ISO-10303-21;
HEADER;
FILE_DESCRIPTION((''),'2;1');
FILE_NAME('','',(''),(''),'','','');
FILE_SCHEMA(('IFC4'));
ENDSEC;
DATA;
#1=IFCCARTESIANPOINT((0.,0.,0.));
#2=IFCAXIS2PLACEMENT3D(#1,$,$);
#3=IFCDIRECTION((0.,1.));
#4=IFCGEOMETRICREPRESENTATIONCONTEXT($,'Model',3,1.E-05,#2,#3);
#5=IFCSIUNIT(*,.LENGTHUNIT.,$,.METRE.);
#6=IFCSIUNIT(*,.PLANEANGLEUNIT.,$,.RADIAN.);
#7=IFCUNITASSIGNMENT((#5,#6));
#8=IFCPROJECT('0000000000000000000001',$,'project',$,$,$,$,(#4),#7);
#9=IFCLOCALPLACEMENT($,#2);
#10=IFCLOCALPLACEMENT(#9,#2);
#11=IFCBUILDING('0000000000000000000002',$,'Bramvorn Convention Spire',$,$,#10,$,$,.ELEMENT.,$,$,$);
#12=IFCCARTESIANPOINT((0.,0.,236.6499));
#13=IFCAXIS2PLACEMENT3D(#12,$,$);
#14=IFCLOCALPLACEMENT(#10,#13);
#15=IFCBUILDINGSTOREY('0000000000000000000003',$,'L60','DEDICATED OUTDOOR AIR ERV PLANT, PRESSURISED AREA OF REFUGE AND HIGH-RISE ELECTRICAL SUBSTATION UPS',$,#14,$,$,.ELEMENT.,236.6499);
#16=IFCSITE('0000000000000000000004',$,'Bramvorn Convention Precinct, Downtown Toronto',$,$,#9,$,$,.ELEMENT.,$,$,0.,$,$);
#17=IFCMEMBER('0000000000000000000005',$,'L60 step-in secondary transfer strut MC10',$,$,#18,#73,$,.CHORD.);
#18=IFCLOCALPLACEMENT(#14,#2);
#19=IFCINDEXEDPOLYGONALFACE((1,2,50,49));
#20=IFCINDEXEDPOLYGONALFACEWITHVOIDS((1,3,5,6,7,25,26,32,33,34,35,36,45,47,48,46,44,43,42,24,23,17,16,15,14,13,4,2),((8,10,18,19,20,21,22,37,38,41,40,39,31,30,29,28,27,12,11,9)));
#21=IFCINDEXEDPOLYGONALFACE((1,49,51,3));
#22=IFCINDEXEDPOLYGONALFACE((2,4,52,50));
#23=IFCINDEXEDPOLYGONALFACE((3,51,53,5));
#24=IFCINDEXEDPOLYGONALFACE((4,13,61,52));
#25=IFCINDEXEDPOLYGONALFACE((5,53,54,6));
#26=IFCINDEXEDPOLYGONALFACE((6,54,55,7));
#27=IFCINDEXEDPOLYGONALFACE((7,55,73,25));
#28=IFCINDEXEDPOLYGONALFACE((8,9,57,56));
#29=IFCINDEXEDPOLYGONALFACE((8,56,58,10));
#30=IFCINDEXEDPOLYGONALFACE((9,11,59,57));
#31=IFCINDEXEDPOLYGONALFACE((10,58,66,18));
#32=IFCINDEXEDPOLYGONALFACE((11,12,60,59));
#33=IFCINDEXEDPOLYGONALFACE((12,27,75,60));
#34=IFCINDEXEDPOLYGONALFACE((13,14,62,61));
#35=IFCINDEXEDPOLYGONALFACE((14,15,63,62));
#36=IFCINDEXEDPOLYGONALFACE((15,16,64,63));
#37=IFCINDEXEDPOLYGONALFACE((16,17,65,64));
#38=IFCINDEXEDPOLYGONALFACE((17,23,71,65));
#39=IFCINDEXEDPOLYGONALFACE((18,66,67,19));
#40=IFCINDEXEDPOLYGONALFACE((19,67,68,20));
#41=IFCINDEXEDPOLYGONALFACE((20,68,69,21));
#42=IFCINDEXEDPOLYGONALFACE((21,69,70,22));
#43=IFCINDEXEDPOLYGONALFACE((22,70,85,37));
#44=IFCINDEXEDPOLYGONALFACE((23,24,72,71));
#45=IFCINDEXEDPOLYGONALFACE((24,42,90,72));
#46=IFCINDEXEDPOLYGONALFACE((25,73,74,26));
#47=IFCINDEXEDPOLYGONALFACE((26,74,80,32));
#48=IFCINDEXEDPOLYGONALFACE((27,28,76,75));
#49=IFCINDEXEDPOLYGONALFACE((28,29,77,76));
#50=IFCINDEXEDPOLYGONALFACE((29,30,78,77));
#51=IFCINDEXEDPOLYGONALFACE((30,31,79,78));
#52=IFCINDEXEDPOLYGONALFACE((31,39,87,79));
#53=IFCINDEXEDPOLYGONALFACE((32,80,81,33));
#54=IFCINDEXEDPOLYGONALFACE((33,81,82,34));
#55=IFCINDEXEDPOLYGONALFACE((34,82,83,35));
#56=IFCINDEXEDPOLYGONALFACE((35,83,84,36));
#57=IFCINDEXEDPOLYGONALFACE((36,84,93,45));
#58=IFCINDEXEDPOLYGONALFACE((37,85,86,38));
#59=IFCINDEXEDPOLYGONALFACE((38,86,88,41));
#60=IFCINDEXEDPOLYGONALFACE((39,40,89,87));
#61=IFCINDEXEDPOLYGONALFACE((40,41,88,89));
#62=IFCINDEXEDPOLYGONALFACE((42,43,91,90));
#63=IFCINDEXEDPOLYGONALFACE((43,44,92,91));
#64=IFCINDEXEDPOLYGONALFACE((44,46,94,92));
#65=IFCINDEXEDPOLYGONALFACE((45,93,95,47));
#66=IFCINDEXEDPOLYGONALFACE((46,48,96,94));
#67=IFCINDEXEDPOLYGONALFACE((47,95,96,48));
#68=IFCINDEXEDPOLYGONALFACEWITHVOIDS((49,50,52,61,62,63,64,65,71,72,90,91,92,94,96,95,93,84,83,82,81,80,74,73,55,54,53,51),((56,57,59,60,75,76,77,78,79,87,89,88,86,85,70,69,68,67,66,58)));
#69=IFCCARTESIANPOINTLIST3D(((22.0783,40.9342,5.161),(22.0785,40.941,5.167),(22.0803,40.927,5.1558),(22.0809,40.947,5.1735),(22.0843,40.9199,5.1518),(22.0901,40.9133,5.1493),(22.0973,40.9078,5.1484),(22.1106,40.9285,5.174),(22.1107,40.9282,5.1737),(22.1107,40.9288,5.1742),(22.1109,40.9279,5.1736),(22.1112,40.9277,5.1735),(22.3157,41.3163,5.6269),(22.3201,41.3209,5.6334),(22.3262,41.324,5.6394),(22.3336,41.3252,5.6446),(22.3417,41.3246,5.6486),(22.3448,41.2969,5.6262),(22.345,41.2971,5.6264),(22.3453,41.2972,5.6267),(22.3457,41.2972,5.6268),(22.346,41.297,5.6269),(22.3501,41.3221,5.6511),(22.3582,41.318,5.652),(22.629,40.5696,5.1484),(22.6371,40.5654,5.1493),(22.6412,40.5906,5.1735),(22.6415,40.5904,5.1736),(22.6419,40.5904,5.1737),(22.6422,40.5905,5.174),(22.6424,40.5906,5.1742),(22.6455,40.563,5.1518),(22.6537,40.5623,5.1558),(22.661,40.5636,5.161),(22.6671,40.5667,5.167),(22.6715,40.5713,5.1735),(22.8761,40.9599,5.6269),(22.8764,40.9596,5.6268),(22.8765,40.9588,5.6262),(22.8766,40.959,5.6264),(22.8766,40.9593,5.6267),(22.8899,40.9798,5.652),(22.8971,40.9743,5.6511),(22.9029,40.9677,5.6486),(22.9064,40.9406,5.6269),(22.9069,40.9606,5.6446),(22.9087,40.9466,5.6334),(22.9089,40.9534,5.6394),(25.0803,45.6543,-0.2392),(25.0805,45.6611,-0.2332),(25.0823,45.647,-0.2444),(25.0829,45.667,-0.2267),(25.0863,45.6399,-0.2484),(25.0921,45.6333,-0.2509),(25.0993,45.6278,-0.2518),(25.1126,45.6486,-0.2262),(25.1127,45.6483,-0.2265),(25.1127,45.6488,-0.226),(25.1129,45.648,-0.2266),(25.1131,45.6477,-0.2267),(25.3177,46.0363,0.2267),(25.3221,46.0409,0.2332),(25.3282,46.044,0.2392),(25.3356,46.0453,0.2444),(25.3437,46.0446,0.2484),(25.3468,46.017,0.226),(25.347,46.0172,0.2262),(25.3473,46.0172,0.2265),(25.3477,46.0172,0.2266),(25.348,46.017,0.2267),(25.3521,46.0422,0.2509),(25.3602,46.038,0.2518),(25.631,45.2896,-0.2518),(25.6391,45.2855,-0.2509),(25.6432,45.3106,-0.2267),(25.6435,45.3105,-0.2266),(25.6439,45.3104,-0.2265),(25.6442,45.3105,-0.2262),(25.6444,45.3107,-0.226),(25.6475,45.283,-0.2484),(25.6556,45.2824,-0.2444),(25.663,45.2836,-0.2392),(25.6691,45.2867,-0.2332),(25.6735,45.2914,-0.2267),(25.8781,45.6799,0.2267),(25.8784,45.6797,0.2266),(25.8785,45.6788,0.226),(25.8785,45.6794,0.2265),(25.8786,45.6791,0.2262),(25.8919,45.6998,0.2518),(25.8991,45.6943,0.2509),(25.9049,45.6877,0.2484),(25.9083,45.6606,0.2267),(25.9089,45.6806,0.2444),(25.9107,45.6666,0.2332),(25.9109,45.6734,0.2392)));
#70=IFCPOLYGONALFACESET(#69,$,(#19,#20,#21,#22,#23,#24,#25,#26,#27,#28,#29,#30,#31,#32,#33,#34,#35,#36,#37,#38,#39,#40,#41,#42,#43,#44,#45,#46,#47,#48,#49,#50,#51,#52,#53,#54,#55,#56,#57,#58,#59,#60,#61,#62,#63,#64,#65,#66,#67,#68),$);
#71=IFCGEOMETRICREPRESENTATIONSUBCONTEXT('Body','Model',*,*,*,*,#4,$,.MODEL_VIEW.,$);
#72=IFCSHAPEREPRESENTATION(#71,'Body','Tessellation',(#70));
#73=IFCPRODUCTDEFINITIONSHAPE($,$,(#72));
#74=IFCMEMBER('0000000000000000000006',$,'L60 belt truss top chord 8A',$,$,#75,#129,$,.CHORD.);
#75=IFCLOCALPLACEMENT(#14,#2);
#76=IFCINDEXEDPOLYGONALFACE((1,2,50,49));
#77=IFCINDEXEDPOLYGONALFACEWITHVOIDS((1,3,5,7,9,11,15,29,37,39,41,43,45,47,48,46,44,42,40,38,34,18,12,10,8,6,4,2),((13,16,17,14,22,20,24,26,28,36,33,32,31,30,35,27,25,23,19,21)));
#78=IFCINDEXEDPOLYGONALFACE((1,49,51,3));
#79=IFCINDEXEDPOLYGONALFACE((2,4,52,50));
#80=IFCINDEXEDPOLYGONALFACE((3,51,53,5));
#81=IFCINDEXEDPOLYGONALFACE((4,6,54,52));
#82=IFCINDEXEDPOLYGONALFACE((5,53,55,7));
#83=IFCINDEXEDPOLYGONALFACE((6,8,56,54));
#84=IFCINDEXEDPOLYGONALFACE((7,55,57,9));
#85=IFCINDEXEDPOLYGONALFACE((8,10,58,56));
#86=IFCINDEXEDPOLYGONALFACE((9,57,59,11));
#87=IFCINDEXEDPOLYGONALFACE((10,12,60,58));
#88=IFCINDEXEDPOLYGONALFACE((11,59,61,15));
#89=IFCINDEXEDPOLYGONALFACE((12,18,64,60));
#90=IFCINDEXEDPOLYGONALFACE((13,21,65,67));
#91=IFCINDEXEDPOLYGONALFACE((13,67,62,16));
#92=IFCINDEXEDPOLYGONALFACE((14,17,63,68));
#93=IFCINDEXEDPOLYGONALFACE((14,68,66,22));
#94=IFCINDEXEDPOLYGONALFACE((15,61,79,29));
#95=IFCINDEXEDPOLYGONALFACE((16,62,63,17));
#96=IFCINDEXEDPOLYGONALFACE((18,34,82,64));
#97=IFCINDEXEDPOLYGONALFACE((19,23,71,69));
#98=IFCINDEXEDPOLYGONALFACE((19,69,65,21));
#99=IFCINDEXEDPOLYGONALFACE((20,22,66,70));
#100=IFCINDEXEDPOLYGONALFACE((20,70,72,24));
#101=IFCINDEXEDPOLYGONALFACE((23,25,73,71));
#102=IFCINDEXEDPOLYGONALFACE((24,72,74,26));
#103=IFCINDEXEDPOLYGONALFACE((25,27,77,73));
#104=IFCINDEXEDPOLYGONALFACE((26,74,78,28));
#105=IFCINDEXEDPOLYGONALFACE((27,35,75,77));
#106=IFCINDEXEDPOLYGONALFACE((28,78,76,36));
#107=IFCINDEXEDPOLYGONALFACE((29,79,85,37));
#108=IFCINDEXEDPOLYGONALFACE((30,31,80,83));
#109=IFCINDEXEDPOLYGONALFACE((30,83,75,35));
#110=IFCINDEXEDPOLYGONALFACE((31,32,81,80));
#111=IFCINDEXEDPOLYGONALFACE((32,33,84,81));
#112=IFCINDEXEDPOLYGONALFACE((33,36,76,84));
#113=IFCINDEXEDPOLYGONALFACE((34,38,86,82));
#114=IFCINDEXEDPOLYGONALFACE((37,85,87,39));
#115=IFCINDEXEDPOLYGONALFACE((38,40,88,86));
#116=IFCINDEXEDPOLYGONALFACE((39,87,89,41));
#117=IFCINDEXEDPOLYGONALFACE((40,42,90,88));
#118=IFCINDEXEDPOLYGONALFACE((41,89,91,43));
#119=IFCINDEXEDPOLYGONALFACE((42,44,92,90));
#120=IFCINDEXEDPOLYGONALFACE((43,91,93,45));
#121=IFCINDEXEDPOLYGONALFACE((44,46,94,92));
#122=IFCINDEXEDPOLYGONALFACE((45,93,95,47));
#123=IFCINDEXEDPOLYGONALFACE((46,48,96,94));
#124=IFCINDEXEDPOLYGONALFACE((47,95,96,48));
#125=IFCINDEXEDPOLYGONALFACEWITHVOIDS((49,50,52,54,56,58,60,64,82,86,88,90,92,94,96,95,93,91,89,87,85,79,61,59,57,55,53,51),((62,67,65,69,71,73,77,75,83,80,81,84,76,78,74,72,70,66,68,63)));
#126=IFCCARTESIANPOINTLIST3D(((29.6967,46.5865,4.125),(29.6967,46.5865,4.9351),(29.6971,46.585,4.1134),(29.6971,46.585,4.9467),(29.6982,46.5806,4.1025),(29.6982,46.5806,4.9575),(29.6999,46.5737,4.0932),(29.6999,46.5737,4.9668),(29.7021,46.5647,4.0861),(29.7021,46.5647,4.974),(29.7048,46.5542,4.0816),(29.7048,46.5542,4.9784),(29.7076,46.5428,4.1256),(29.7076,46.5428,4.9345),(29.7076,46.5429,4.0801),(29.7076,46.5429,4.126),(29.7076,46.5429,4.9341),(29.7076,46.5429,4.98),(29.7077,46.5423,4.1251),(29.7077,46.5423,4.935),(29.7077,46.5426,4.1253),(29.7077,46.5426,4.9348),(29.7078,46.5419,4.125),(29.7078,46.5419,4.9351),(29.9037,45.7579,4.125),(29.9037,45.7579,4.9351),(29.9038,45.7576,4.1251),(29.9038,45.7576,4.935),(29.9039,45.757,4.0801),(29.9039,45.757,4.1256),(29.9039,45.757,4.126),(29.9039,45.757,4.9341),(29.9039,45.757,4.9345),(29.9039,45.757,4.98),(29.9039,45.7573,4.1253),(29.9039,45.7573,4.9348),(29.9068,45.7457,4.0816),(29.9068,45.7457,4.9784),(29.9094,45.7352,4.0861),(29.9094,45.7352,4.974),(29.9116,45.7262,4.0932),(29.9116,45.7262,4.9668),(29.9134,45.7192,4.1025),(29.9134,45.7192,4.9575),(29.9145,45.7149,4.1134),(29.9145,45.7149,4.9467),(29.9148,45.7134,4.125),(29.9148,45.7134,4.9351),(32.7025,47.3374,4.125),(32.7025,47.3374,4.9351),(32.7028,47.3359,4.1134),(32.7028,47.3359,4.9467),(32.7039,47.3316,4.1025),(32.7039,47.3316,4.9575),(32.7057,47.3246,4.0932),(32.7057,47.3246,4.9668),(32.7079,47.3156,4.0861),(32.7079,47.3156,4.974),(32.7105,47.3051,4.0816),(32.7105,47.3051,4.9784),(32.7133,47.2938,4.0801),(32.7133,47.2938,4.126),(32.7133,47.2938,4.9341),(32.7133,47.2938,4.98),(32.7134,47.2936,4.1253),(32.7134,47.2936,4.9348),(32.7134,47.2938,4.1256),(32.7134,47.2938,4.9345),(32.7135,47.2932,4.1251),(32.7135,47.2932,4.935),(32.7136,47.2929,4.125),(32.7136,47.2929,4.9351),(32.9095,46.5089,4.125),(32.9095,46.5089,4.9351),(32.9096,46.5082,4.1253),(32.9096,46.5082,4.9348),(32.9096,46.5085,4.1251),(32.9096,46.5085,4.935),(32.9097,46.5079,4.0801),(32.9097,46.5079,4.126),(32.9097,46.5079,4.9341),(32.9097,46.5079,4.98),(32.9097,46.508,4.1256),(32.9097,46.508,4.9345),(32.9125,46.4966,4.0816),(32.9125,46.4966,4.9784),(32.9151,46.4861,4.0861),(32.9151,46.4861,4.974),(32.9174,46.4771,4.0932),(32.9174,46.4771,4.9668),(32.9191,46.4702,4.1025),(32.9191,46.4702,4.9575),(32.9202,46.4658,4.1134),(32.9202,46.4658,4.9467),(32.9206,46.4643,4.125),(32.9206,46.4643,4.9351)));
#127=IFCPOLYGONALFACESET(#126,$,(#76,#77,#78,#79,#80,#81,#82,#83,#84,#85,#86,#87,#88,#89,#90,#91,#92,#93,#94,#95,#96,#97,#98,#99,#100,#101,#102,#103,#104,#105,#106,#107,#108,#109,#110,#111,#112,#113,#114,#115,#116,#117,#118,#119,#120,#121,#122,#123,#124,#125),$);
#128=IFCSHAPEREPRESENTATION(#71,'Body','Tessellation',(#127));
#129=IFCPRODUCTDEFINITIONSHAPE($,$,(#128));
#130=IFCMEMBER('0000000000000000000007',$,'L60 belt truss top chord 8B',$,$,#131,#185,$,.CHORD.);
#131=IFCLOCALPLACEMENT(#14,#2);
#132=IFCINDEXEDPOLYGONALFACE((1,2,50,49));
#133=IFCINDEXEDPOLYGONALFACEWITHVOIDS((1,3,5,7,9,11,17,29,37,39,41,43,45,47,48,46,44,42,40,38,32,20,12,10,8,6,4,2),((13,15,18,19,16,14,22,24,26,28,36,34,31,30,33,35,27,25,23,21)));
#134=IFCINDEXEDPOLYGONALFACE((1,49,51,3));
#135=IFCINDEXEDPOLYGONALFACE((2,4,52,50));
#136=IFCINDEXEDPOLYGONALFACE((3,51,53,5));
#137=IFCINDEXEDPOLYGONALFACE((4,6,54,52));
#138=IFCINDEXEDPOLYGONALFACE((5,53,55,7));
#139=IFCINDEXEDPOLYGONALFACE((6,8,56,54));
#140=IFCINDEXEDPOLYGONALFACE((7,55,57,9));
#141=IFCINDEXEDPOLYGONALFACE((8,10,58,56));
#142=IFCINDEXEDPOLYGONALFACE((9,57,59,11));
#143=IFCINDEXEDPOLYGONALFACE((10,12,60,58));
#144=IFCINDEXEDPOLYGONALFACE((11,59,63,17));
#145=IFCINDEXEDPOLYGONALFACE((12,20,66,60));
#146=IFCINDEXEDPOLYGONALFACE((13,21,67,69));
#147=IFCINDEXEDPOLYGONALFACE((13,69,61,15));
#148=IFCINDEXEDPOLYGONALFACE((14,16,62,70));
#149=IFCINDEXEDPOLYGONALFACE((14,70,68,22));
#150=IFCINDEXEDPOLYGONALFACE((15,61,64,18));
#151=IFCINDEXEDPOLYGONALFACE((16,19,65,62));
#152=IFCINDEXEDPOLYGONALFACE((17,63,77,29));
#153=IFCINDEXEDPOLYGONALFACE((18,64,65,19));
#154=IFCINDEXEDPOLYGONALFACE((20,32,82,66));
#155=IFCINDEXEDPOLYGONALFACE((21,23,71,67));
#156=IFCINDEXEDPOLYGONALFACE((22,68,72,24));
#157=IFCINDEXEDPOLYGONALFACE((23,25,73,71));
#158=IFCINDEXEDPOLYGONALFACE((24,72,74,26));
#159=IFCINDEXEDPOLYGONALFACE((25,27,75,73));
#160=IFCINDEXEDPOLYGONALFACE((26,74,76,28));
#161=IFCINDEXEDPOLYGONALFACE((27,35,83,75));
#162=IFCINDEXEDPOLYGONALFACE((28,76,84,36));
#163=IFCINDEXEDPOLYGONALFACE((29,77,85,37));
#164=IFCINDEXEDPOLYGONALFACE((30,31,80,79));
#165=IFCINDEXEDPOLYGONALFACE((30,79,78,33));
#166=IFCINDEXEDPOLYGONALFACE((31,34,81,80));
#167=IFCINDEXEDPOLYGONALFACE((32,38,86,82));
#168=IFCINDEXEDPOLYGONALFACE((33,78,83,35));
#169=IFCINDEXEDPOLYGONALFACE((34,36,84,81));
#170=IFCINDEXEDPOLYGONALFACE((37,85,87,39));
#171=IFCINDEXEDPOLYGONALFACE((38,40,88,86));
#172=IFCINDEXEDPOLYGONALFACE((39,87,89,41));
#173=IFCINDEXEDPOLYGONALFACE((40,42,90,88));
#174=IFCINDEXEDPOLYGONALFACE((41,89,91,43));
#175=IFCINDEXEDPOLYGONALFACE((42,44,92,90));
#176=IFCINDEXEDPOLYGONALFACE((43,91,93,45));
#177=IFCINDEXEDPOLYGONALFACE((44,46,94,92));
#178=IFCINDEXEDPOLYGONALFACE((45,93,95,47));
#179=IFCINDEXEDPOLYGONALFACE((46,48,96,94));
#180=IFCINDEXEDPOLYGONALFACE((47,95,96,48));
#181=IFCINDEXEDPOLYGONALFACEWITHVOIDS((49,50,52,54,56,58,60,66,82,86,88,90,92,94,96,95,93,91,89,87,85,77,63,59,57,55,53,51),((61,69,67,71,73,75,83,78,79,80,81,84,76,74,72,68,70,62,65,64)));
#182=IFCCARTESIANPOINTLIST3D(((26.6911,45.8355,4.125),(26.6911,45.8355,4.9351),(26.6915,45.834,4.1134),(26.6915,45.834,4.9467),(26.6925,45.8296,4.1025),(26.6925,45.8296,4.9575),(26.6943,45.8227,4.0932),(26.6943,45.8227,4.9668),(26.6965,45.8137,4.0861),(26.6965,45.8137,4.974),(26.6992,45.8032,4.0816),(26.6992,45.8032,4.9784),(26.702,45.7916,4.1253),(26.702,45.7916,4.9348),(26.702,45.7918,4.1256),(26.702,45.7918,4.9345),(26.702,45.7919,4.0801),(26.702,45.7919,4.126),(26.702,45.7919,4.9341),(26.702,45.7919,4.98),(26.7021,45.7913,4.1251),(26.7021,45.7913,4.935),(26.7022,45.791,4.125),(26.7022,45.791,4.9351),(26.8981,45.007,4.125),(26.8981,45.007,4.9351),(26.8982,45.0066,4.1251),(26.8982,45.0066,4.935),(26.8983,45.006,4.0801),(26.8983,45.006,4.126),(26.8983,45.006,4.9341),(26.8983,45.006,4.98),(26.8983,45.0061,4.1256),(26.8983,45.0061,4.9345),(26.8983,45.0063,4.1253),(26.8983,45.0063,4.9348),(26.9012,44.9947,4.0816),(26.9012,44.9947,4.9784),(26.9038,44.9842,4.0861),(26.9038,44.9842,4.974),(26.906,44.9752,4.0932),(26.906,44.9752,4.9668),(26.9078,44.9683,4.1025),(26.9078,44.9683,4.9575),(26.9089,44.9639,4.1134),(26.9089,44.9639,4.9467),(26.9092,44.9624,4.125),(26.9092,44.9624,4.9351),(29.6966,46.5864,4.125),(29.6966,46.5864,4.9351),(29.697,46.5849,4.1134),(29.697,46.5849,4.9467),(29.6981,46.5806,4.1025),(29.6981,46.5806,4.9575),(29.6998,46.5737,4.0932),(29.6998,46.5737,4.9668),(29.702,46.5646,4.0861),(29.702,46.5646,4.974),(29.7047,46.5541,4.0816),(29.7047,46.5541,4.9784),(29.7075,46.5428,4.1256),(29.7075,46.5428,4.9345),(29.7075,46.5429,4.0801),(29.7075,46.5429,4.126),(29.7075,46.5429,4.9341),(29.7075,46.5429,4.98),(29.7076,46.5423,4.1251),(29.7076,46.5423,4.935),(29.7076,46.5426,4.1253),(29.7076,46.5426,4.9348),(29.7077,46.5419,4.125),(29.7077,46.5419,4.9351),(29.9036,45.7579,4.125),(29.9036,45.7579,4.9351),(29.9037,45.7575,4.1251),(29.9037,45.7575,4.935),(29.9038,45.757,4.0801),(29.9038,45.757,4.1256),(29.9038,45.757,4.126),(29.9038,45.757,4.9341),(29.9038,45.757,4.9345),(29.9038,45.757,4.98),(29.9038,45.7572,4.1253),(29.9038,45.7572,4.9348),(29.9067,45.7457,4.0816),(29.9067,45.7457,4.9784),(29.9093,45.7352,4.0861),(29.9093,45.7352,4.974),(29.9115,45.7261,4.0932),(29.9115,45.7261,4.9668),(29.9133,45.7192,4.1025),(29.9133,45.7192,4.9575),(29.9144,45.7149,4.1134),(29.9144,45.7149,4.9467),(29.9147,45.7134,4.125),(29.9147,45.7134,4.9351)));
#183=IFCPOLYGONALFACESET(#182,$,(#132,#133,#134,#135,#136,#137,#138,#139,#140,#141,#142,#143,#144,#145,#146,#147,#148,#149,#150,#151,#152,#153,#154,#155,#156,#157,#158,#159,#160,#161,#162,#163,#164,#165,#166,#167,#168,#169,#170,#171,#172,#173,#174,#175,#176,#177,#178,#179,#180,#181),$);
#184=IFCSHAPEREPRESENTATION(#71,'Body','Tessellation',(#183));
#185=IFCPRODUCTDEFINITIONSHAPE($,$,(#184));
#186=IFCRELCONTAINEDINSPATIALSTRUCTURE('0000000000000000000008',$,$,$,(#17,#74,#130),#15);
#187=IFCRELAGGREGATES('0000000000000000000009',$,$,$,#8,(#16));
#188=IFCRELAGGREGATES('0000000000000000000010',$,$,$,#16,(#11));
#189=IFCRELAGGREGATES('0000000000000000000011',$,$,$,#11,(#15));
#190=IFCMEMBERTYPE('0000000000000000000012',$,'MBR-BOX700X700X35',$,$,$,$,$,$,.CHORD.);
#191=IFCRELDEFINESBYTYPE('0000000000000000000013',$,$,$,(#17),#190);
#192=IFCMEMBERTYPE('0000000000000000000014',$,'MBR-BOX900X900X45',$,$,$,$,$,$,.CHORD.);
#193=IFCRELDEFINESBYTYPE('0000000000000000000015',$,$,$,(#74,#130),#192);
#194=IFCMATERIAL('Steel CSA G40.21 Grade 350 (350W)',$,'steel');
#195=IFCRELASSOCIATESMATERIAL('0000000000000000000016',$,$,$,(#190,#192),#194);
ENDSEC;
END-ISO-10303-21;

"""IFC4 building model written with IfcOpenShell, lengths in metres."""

from ifc_helpers import new_model, si_unit, direction, frame, origin, origin_2d, place, context, subcontext, project, spatial, hollow_rectangle, extrude, material, material_profile, profile_set, type_object, element, save


model = new_model("IFC4")

# Units and contexts
model_context = context("Model", 3, precision=1e-05, world=origin(), true_north=direction((0.0, 1.0)))
body_context = subcontext(model_context, "Body", "Model", "MODEL_VIEW")
ifc_project = project(units=[si_unit("LENGTHUNIT", "METRE"), si_unit("PLANEANGLEUNIT", "RADIAN")], contexts=[model_context])

# Site, building, storey
site_placement = place(None, origin())
site = spatial("IfcSite", under=ifc_project, at=site_placement, Name="Bramvorn Convention Precinct, Downtown Toronto", CompositionType="ELEMENT", RefElevation=0.0)
building_placement = place(site_placement, origin())
building = spatial("IfcBuilding", under=site, at=building_placement, Name="Bramvorn Convention Spire", CompositionType="ELEMENT")
storey_placement = place(building_placement, frame((0.0, 0.0, 236.6499)))
storey = spatial("IfcBuildingStorey", under=building, at=storey_placement, Name="L60", Description="DEDICATED OUTDOOR AIR ERV PLANT, PRESSURISED AREA OF REFUGE AND HIGH-RISE ELECTRICAL SUBSTATION UPS", CompositionType="ELEMENT", Elevation=236.6499)

# Shared definitions
ifc_material_1 = material(Name="Steel CSA G40.21 Grade 350 (350W)", Category="steel")

# Members
ifc_material_profile_1 = material_profile(ifc_material_1, hollow_rectangle(XDim=0.7, YDim=0.7, WallThickness=0.0349, InnerFilletRadius=0.001, OuterFilletRadius=0.0349, at=origin_2d()))
ifc_profile_set_1 = profile_set([ifc_material_profile_1], Name="Steel CSA G40.21 Grade 350 (350W) - BOX700X700X35")
member_type_1 = type_object("IfcMemberType", Name="MBR-BOX700X700X35", PredefinedType="CHORD", material=ifc_profile_set_1)
member_1_placement = place(storey_placement, frame((25.4956, 45.6638, 0.0), z_axis=(-0.386101, -0.607066, 0.694548), x_axis=(0.843796, -0.536664, 0.0)))
element("IfcMember", 1, at=member_1_placement, inside=storey, type_object=member_type_1, Name="L60 step-in secondary transfer strut MC10", PredefinedType="CHORD", context=body_context, shape_type="SweptSolid", body=[
    extrude(hollow_rectangle(XDim=0.7, YDim=0.7, WallThickness=0.0349, InnerFilletRadius=0.001, OuterFilletRadius=0.0349, at=origin_2d()), origin(), (0.0, 0.0, 1.0), 7.7751),
])
ifc_material_profile_2 = material_profile(ifc_material_1, hollow_rectangle(XDim=0.8999, YDim=0.8999, WallThickness=0.0449, InnerFilletRadius=0.001, OuterFilletRadius=0.0449, at=origin_2d()))
ifc_profile_set_2 = profile_set([ifc_material_profile_2], Name="Steel CSA G40.21 Grade 350 (350W) - BOX900X900X45")
member_type_2 = type_object("IfcMemberType", Name="MBR-BOX900X900X45", PredefinedType="CHORD", material=ifc_profile_set_2)
member_2_placement = place(storey_placement, frame((32.8115, 46.9009, 4.53), z_axis=(-0.97018, -0.242387, 0.0), x_axis=(0.242387, -0.97018, 0.0)))
element("IfcMember", 2, at=member_2_placement, inside=storey, type_object=member_type_2, Name="L60 belt truss top chord 8A", PredefinedType="CHORD", context=body_context, shape_type="SweptSolid", body=[
    extrude(hollow_rectangle(XDim=0.8999, YDim=0.8999, WallThickness=0.0449, InnerFilletRadius=0.001, OuterFilletRadius=0.0449, at=origin_2d()), origin(), (0.0, 0.0, 1.0), 3.0981),
])
member_3_placement = place(storey_placement, frame((29.8057, 46.1499, 4.53), z_axis=(-0.970175, -0.242406, 0.0), x_axis=(0.242406, -0.970175, 0.0)))
element("IfcMember", 3, at=member_3_placement, inside=storey, type_object=member_type_2, Name="L60 belt truss top chord 8B", PredefinedType="CHORD", context=body_context, shape_type="SweptSolid", body=[
    extrude(hollow_rectangle(XDim=0.8999, YDim=0.8999, WallThickness=0.0449, InnerFilletRadius=0.001, OuterFilletRadius=0.0449, at=origin_2d()), origin(), (0.0, 0.0, 1.0), 3.0979),
])

save(model, "model.ifc")
